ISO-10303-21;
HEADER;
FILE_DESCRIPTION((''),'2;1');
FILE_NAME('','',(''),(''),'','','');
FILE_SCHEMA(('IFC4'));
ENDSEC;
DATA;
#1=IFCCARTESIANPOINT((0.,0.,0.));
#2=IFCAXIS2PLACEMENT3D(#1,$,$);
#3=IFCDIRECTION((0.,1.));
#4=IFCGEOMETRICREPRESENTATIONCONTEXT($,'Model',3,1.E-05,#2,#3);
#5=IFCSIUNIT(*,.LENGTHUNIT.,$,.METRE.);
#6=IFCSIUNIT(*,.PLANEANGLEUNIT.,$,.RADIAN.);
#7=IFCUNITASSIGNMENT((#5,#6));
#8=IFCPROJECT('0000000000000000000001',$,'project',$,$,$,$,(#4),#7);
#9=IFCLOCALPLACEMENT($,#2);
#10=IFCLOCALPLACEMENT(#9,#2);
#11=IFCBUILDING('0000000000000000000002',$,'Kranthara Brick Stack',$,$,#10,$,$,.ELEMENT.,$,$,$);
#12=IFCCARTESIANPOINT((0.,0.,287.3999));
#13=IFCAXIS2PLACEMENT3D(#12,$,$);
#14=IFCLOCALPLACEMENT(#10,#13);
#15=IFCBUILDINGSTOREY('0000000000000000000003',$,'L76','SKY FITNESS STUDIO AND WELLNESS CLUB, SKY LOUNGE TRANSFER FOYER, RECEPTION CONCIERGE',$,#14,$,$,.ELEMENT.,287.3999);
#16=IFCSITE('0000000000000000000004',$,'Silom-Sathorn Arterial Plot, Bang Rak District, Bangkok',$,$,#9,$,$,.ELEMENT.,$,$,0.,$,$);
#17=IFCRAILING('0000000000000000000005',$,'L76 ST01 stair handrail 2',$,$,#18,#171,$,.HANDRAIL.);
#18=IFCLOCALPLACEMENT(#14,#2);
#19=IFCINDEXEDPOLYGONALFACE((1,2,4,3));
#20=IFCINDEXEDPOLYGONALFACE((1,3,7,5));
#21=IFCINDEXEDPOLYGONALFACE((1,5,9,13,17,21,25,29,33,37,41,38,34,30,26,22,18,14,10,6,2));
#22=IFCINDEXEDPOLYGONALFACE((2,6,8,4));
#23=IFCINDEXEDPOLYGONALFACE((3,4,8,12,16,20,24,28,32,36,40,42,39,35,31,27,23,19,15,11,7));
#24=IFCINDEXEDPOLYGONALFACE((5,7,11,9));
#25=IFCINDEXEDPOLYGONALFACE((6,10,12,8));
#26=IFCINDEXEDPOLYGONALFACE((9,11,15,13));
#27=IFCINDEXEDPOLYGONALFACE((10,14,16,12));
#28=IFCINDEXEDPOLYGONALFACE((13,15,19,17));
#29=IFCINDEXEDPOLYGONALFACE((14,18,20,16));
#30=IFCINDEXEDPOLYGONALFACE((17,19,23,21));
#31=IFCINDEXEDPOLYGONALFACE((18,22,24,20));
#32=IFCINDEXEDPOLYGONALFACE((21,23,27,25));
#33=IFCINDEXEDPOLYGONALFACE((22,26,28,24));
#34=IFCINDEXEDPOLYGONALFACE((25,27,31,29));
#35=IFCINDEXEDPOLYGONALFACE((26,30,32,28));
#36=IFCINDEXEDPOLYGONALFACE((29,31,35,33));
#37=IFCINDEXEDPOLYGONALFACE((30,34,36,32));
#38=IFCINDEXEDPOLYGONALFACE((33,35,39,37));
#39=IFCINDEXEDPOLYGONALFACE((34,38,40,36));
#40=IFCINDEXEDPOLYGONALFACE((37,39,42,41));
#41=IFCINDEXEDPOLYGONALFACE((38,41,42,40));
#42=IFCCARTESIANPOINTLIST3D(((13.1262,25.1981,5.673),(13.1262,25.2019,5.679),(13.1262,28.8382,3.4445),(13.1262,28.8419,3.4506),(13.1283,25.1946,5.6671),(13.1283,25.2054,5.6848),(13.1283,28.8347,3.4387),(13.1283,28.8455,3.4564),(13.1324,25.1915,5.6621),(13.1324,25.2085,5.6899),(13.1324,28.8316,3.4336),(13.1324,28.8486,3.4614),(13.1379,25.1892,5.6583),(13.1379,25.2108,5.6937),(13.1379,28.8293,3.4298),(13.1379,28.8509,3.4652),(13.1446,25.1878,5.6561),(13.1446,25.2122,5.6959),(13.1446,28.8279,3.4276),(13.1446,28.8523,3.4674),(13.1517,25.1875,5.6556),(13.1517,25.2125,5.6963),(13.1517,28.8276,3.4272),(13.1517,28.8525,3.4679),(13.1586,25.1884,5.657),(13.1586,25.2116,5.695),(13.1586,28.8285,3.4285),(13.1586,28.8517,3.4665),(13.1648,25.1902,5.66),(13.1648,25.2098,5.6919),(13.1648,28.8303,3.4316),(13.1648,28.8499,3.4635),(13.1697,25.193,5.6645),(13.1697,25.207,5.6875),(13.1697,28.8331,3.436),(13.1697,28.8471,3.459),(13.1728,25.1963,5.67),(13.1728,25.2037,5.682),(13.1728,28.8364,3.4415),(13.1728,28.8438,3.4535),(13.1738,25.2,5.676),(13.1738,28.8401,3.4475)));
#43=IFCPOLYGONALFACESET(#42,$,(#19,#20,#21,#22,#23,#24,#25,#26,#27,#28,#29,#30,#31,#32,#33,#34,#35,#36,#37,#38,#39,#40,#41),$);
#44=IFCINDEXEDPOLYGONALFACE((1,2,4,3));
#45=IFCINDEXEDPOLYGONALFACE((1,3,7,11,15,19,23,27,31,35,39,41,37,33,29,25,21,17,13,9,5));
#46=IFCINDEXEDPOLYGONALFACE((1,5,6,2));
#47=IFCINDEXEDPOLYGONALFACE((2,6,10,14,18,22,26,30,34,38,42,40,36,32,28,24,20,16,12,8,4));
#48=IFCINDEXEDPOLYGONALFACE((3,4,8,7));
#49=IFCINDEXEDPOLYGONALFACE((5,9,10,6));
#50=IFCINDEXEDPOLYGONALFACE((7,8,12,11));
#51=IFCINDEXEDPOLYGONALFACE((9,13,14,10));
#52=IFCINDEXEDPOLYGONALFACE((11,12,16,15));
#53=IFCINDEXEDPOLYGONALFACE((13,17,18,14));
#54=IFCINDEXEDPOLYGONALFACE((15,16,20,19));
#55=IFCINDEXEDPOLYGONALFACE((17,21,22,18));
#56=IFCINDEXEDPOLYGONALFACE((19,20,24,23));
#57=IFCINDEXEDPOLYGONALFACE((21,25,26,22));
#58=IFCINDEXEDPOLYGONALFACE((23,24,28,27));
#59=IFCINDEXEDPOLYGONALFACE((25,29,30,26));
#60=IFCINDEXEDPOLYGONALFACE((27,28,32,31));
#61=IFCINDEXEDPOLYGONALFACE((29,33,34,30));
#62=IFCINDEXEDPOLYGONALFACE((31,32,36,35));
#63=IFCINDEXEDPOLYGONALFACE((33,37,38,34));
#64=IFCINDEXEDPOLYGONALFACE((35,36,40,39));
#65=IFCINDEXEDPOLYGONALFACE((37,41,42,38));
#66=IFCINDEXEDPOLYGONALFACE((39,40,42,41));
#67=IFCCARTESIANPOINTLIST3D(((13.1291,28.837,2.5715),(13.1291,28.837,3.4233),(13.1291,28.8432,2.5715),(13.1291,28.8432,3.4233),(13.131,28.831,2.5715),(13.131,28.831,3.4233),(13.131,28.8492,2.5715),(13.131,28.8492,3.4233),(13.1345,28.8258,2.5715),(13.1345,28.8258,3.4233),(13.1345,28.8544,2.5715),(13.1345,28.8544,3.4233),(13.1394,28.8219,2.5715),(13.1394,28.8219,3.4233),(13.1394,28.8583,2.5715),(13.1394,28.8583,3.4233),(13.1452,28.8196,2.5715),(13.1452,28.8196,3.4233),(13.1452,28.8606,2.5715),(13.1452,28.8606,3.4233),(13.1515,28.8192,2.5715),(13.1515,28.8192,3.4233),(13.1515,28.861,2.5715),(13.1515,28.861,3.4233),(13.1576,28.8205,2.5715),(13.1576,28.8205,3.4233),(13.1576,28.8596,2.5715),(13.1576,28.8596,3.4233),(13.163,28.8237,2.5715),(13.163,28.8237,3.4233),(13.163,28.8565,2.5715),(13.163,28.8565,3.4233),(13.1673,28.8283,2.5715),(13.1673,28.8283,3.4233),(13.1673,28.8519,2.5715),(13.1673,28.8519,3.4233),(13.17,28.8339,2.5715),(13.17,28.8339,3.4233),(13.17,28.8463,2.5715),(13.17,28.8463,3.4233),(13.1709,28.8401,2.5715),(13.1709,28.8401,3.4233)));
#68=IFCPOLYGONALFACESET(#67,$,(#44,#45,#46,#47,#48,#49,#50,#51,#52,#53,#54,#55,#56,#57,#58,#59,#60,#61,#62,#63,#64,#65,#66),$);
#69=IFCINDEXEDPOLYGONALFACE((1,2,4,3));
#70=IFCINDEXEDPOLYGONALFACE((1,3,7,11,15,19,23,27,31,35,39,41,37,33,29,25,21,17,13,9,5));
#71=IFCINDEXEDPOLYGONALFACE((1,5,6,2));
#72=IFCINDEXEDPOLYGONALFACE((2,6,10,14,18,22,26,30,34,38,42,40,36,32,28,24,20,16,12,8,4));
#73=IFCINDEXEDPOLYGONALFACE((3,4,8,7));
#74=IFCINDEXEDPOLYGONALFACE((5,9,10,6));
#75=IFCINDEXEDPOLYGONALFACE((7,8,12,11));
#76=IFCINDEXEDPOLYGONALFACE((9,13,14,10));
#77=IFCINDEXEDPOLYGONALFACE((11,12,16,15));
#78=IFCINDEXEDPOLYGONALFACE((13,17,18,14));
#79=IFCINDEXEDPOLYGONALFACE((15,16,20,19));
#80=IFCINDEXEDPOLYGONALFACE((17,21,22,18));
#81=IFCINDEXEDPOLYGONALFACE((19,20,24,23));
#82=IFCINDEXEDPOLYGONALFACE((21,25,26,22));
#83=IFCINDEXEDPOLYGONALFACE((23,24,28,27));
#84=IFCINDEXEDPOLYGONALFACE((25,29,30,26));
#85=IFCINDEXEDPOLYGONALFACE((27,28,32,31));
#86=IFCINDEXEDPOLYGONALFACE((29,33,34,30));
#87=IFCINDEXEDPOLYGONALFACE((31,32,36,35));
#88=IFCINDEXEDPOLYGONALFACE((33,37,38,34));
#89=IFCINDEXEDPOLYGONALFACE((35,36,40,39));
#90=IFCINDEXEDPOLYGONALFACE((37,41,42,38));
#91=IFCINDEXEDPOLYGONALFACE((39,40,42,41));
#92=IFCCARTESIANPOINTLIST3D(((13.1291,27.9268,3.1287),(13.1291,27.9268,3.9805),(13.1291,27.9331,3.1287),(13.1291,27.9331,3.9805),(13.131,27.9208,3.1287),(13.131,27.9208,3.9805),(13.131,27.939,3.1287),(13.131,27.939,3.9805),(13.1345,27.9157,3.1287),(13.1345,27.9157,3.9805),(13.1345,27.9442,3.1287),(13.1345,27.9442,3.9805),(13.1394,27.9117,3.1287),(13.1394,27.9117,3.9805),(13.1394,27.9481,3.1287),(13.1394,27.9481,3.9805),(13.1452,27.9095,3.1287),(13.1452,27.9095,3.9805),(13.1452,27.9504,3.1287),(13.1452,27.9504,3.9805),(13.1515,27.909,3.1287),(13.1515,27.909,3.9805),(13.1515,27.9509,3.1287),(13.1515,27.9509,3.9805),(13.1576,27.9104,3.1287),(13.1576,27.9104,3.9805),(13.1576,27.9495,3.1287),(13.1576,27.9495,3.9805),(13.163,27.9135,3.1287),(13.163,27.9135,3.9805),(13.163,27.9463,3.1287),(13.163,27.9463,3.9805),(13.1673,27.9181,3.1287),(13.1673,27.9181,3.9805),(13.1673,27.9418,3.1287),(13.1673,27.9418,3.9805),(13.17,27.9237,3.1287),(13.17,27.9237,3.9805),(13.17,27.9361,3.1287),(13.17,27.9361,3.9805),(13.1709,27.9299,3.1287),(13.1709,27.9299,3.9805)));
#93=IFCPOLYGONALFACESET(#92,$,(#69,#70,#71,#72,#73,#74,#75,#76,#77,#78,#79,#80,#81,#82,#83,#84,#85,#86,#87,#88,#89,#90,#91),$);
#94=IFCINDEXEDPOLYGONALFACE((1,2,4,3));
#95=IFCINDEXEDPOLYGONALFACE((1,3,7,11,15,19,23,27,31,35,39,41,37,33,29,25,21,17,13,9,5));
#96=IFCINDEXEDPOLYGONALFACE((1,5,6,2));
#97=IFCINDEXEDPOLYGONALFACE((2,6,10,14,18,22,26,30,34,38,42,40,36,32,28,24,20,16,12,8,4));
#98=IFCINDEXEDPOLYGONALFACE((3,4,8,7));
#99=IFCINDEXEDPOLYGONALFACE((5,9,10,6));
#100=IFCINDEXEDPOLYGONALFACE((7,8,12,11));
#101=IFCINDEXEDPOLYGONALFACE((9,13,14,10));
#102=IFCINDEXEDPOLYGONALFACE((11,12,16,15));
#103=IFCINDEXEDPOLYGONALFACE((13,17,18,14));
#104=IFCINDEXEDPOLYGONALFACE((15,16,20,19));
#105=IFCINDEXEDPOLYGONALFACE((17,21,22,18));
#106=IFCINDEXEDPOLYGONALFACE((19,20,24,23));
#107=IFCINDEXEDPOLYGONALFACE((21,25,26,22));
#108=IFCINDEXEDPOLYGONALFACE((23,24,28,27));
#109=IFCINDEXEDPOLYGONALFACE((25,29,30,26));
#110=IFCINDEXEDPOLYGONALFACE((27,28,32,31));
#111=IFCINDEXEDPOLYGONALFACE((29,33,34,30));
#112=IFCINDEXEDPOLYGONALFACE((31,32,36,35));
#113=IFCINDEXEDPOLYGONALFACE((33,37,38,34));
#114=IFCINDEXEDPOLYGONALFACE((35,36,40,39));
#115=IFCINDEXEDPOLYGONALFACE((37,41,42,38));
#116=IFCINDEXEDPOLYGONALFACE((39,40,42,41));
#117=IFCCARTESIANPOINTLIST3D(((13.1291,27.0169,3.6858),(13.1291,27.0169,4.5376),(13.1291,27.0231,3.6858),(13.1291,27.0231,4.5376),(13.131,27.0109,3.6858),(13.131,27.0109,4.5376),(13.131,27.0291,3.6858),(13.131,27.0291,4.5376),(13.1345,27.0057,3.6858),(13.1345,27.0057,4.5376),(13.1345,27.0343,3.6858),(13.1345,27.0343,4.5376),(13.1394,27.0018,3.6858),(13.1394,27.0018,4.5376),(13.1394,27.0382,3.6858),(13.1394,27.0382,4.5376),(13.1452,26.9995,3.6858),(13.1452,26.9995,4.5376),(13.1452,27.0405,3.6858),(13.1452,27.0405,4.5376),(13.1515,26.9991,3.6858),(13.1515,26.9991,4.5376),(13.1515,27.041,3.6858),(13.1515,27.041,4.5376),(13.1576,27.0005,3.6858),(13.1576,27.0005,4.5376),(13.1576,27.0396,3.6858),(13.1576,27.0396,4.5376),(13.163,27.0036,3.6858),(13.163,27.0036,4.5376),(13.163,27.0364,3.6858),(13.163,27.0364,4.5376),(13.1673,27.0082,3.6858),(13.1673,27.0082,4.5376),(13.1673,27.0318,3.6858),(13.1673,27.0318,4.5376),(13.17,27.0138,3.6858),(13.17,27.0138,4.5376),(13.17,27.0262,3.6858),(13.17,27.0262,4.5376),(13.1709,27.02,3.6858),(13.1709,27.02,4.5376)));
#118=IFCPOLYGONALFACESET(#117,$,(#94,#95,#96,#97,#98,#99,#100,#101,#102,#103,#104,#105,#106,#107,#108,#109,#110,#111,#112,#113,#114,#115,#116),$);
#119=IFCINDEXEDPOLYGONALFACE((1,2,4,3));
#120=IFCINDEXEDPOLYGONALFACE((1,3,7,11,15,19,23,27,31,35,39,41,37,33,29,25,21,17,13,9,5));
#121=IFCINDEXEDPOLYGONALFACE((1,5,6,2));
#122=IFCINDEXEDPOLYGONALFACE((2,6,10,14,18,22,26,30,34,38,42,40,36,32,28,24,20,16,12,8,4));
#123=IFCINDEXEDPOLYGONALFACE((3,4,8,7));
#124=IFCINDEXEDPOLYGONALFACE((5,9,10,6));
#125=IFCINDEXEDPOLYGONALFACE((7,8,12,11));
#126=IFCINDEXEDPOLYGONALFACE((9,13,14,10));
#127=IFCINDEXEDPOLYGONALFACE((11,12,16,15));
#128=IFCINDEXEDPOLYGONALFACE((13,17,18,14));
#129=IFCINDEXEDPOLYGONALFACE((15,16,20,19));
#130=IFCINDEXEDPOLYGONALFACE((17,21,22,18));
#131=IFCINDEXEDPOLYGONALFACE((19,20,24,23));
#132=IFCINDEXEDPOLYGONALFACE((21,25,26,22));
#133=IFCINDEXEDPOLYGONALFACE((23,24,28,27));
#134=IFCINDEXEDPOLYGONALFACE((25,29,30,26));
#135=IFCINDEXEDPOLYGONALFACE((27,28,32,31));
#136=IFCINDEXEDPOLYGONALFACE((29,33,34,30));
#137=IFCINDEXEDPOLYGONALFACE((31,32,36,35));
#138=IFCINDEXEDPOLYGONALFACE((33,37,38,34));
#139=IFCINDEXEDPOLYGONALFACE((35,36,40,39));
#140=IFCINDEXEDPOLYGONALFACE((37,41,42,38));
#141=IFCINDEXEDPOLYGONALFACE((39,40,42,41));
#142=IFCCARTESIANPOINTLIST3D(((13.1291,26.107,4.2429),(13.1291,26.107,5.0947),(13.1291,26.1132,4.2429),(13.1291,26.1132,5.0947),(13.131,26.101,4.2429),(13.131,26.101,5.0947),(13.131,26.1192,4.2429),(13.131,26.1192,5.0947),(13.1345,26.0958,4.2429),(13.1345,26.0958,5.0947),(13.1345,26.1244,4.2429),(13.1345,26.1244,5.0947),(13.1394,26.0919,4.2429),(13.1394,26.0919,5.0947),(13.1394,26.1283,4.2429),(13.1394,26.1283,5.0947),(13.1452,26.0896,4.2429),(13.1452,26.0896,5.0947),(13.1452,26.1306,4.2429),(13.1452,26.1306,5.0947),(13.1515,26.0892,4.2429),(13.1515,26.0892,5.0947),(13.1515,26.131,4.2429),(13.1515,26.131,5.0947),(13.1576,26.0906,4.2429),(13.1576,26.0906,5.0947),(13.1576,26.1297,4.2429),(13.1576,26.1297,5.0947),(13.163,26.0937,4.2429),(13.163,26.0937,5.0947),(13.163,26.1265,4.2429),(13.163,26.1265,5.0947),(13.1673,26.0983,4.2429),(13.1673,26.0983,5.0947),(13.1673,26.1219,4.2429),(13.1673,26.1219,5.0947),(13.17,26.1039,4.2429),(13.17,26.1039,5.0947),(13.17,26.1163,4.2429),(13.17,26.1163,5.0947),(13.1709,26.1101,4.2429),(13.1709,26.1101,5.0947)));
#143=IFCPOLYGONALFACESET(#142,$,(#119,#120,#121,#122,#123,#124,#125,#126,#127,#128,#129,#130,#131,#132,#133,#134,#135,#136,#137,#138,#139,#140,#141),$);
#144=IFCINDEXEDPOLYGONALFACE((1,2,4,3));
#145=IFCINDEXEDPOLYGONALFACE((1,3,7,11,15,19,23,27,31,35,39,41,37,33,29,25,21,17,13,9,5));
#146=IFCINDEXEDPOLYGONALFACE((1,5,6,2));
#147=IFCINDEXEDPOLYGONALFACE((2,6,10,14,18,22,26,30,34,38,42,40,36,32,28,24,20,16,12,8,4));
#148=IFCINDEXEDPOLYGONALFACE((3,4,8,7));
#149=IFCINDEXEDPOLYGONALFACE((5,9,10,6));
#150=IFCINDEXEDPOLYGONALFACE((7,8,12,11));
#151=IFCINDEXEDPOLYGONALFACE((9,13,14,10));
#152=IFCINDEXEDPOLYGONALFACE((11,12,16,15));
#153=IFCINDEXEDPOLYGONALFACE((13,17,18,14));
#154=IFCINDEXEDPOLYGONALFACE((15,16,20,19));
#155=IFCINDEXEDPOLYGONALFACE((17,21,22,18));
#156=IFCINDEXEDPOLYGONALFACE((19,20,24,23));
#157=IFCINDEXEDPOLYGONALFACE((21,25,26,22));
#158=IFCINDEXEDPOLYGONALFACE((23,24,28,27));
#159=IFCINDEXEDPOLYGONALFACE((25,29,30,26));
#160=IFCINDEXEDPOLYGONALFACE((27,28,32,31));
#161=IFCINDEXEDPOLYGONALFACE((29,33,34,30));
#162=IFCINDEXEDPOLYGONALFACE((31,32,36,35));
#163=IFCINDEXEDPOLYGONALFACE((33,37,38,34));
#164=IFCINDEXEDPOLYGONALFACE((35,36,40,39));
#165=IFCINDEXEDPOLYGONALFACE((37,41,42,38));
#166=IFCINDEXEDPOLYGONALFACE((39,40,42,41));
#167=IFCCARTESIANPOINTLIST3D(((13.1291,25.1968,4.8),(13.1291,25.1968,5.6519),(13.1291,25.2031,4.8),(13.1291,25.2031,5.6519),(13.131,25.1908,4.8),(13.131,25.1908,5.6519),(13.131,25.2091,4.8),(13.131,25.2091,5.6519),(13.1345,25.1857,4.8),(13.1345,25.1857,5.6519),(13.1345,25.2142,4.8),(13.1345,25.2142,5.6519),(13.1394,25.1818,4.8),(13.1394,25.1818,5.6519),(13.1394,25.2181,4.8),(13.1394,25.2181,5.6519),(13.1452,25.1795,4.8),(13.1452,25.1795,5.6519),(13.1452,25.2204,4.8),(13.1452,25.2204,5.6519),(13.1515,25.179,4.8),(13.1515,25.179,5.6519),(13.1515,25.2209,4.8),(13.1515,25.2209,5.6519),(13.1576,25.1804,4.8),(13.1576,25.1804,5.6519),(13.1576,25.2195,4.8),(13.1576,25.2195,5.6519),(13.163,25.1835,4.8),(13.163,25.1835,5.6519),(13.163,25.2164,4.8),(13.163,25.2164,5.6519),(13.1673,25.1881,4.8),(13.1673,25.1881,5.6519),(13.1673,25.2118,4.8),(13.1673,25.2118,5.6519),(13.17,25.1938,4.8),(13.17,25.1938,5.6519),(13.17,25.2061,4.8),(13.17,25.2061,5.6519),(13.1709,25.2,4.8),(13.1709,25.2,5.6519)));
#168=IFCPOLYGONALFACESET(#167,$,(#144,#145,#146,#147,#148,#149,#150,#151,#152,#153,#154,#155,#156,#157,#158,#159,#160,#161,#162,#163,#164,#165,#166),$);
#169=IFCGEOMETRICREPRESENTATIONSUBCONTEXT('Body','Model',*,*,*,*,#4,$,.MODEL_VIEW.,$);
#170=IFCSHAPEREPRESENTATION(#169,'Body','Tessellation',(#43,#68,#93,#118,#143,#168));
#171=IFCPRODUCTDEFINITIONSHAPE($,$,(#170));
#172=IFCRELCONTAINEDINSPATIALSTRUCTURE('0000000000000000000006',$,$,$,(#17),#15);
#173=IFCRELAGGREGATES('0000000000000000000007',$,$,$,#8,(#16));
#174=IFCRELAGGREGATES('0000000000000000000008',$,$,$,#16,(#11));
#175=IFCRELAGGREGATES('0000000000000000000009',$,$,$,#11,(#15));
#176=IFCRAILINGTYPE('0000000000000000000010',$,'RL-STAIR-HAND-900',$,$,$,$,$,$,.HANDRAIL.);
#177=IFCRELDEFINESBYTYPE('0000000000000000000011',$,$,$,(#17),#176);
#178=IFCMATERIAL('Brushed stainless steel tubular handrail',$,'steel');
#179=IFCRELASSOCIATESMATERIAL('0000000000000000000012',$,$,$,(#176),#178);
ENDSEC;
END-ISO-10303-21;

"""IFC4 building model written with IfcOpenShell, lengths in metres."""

from ifc_helpers import new_model, si_unit, direction, frame, origin, origin_2d, place, context, subcontext, project, spatial, circle, extrude, material, type_object, element, save


model = new_model("IFC4")

# Units and contexts
model_context = context("Model", 3, precision=1e-05, world=origin(), true_north=direction((0.0, 1.0)))
body_context = subcontext(model_context, "Body", "Model", "MODEL_VIEW")
ifc_project = project(units=[si_unit("LENGTHUNIT", "METRE"), si_unit("PLANEANGLEUNIT", "RADIAN")], contexts=[model_context])

# Site, building, storey
site_placement = place(None, origin())
site = spatial("IfcSite", under=ifc_project, at=site_placement, Name="Silom-Sathorn Arterial Plot, Bang Rak District, Bangkok", CompositionType="ELEMENT", RefElevation=0.0)
building_placement = place(site_placement, origin())
building = spatial("IfcBuilding", under=site, at=building_placement, Name="Kranthara Brick Stack", CompositionType="ELEMENT")
storey_placement = place(building_placement, frame((0.0, 0.0, 287.3999)))
storey = spatial("IfcBuildingStorey", under=building, at=storey_placement, Name="L76", Description="SKY FITNESS STUDIO AND WELLNESS CLUB, SKY LOUNGE TRANSFER FOYER, RECEPTION CONCIERGE", CompositionType="ELEMENT", Elevation=287.3999)

# Railing
ifc_material_1 = material(Name="Brushed stainless steel tubular handrail", Category="steel")
railing_type_1 = type_object("IfcRailingType", Name="RL-STAIR-HAND-900", PredefinedType="HANDRAIL", material=ifc_material_1)
railing_1_placement = place(storey_placement, frame((13.1499, 28.8401, 2.5715)))
element("IfcRailing", 1, at=railing_1_placement, inside=storey, type_object=railing_type_1, Name="L76 ST01 stair handrail 2", PredefinedType="HANDRAIL", context=body_context, shape_type="SweptSolid", body=[
    extrude(circle(Radius=0.0239, at=origin_2d()), frame((0.0, 0.0, 0.876), z_axis=(0.0, -0.852866, 0.52213), x_axis=(1.0, 0.0, 0.0)), (0.0, 0.0, 1.0), 4.2681),
    extrude(circle(Radius=0.021, at=origin_2d()), origin(), (0.0, 0.0, 1.0), 0.8518),
    extrude(circle(Radius=0.021, at=origin_2d()), frame((0.0, -0.9102, 0.5571)), (0.0, 0.0, 1.0), 0.8518),
    extrude(circle(Radius=0.021, at=origin_2d()), frame((0.0, -1.8201, 1.1143)), (0.0, 0.0, 1.0), 0.8518),
    extrude(circle(Radius=0.021, at=origin_2d()), frame((0.0, -2.73, 1.6714)), (0.0, 0.0, 1.0), 0.8518),
    extrude(circle(Radius=0.021, at=origin_2d()), frame((0.0, -3.6401, 2.2285)), (0.0, 0.0, 1.0), 0.8518),
])

save(model, "model.ifc")
